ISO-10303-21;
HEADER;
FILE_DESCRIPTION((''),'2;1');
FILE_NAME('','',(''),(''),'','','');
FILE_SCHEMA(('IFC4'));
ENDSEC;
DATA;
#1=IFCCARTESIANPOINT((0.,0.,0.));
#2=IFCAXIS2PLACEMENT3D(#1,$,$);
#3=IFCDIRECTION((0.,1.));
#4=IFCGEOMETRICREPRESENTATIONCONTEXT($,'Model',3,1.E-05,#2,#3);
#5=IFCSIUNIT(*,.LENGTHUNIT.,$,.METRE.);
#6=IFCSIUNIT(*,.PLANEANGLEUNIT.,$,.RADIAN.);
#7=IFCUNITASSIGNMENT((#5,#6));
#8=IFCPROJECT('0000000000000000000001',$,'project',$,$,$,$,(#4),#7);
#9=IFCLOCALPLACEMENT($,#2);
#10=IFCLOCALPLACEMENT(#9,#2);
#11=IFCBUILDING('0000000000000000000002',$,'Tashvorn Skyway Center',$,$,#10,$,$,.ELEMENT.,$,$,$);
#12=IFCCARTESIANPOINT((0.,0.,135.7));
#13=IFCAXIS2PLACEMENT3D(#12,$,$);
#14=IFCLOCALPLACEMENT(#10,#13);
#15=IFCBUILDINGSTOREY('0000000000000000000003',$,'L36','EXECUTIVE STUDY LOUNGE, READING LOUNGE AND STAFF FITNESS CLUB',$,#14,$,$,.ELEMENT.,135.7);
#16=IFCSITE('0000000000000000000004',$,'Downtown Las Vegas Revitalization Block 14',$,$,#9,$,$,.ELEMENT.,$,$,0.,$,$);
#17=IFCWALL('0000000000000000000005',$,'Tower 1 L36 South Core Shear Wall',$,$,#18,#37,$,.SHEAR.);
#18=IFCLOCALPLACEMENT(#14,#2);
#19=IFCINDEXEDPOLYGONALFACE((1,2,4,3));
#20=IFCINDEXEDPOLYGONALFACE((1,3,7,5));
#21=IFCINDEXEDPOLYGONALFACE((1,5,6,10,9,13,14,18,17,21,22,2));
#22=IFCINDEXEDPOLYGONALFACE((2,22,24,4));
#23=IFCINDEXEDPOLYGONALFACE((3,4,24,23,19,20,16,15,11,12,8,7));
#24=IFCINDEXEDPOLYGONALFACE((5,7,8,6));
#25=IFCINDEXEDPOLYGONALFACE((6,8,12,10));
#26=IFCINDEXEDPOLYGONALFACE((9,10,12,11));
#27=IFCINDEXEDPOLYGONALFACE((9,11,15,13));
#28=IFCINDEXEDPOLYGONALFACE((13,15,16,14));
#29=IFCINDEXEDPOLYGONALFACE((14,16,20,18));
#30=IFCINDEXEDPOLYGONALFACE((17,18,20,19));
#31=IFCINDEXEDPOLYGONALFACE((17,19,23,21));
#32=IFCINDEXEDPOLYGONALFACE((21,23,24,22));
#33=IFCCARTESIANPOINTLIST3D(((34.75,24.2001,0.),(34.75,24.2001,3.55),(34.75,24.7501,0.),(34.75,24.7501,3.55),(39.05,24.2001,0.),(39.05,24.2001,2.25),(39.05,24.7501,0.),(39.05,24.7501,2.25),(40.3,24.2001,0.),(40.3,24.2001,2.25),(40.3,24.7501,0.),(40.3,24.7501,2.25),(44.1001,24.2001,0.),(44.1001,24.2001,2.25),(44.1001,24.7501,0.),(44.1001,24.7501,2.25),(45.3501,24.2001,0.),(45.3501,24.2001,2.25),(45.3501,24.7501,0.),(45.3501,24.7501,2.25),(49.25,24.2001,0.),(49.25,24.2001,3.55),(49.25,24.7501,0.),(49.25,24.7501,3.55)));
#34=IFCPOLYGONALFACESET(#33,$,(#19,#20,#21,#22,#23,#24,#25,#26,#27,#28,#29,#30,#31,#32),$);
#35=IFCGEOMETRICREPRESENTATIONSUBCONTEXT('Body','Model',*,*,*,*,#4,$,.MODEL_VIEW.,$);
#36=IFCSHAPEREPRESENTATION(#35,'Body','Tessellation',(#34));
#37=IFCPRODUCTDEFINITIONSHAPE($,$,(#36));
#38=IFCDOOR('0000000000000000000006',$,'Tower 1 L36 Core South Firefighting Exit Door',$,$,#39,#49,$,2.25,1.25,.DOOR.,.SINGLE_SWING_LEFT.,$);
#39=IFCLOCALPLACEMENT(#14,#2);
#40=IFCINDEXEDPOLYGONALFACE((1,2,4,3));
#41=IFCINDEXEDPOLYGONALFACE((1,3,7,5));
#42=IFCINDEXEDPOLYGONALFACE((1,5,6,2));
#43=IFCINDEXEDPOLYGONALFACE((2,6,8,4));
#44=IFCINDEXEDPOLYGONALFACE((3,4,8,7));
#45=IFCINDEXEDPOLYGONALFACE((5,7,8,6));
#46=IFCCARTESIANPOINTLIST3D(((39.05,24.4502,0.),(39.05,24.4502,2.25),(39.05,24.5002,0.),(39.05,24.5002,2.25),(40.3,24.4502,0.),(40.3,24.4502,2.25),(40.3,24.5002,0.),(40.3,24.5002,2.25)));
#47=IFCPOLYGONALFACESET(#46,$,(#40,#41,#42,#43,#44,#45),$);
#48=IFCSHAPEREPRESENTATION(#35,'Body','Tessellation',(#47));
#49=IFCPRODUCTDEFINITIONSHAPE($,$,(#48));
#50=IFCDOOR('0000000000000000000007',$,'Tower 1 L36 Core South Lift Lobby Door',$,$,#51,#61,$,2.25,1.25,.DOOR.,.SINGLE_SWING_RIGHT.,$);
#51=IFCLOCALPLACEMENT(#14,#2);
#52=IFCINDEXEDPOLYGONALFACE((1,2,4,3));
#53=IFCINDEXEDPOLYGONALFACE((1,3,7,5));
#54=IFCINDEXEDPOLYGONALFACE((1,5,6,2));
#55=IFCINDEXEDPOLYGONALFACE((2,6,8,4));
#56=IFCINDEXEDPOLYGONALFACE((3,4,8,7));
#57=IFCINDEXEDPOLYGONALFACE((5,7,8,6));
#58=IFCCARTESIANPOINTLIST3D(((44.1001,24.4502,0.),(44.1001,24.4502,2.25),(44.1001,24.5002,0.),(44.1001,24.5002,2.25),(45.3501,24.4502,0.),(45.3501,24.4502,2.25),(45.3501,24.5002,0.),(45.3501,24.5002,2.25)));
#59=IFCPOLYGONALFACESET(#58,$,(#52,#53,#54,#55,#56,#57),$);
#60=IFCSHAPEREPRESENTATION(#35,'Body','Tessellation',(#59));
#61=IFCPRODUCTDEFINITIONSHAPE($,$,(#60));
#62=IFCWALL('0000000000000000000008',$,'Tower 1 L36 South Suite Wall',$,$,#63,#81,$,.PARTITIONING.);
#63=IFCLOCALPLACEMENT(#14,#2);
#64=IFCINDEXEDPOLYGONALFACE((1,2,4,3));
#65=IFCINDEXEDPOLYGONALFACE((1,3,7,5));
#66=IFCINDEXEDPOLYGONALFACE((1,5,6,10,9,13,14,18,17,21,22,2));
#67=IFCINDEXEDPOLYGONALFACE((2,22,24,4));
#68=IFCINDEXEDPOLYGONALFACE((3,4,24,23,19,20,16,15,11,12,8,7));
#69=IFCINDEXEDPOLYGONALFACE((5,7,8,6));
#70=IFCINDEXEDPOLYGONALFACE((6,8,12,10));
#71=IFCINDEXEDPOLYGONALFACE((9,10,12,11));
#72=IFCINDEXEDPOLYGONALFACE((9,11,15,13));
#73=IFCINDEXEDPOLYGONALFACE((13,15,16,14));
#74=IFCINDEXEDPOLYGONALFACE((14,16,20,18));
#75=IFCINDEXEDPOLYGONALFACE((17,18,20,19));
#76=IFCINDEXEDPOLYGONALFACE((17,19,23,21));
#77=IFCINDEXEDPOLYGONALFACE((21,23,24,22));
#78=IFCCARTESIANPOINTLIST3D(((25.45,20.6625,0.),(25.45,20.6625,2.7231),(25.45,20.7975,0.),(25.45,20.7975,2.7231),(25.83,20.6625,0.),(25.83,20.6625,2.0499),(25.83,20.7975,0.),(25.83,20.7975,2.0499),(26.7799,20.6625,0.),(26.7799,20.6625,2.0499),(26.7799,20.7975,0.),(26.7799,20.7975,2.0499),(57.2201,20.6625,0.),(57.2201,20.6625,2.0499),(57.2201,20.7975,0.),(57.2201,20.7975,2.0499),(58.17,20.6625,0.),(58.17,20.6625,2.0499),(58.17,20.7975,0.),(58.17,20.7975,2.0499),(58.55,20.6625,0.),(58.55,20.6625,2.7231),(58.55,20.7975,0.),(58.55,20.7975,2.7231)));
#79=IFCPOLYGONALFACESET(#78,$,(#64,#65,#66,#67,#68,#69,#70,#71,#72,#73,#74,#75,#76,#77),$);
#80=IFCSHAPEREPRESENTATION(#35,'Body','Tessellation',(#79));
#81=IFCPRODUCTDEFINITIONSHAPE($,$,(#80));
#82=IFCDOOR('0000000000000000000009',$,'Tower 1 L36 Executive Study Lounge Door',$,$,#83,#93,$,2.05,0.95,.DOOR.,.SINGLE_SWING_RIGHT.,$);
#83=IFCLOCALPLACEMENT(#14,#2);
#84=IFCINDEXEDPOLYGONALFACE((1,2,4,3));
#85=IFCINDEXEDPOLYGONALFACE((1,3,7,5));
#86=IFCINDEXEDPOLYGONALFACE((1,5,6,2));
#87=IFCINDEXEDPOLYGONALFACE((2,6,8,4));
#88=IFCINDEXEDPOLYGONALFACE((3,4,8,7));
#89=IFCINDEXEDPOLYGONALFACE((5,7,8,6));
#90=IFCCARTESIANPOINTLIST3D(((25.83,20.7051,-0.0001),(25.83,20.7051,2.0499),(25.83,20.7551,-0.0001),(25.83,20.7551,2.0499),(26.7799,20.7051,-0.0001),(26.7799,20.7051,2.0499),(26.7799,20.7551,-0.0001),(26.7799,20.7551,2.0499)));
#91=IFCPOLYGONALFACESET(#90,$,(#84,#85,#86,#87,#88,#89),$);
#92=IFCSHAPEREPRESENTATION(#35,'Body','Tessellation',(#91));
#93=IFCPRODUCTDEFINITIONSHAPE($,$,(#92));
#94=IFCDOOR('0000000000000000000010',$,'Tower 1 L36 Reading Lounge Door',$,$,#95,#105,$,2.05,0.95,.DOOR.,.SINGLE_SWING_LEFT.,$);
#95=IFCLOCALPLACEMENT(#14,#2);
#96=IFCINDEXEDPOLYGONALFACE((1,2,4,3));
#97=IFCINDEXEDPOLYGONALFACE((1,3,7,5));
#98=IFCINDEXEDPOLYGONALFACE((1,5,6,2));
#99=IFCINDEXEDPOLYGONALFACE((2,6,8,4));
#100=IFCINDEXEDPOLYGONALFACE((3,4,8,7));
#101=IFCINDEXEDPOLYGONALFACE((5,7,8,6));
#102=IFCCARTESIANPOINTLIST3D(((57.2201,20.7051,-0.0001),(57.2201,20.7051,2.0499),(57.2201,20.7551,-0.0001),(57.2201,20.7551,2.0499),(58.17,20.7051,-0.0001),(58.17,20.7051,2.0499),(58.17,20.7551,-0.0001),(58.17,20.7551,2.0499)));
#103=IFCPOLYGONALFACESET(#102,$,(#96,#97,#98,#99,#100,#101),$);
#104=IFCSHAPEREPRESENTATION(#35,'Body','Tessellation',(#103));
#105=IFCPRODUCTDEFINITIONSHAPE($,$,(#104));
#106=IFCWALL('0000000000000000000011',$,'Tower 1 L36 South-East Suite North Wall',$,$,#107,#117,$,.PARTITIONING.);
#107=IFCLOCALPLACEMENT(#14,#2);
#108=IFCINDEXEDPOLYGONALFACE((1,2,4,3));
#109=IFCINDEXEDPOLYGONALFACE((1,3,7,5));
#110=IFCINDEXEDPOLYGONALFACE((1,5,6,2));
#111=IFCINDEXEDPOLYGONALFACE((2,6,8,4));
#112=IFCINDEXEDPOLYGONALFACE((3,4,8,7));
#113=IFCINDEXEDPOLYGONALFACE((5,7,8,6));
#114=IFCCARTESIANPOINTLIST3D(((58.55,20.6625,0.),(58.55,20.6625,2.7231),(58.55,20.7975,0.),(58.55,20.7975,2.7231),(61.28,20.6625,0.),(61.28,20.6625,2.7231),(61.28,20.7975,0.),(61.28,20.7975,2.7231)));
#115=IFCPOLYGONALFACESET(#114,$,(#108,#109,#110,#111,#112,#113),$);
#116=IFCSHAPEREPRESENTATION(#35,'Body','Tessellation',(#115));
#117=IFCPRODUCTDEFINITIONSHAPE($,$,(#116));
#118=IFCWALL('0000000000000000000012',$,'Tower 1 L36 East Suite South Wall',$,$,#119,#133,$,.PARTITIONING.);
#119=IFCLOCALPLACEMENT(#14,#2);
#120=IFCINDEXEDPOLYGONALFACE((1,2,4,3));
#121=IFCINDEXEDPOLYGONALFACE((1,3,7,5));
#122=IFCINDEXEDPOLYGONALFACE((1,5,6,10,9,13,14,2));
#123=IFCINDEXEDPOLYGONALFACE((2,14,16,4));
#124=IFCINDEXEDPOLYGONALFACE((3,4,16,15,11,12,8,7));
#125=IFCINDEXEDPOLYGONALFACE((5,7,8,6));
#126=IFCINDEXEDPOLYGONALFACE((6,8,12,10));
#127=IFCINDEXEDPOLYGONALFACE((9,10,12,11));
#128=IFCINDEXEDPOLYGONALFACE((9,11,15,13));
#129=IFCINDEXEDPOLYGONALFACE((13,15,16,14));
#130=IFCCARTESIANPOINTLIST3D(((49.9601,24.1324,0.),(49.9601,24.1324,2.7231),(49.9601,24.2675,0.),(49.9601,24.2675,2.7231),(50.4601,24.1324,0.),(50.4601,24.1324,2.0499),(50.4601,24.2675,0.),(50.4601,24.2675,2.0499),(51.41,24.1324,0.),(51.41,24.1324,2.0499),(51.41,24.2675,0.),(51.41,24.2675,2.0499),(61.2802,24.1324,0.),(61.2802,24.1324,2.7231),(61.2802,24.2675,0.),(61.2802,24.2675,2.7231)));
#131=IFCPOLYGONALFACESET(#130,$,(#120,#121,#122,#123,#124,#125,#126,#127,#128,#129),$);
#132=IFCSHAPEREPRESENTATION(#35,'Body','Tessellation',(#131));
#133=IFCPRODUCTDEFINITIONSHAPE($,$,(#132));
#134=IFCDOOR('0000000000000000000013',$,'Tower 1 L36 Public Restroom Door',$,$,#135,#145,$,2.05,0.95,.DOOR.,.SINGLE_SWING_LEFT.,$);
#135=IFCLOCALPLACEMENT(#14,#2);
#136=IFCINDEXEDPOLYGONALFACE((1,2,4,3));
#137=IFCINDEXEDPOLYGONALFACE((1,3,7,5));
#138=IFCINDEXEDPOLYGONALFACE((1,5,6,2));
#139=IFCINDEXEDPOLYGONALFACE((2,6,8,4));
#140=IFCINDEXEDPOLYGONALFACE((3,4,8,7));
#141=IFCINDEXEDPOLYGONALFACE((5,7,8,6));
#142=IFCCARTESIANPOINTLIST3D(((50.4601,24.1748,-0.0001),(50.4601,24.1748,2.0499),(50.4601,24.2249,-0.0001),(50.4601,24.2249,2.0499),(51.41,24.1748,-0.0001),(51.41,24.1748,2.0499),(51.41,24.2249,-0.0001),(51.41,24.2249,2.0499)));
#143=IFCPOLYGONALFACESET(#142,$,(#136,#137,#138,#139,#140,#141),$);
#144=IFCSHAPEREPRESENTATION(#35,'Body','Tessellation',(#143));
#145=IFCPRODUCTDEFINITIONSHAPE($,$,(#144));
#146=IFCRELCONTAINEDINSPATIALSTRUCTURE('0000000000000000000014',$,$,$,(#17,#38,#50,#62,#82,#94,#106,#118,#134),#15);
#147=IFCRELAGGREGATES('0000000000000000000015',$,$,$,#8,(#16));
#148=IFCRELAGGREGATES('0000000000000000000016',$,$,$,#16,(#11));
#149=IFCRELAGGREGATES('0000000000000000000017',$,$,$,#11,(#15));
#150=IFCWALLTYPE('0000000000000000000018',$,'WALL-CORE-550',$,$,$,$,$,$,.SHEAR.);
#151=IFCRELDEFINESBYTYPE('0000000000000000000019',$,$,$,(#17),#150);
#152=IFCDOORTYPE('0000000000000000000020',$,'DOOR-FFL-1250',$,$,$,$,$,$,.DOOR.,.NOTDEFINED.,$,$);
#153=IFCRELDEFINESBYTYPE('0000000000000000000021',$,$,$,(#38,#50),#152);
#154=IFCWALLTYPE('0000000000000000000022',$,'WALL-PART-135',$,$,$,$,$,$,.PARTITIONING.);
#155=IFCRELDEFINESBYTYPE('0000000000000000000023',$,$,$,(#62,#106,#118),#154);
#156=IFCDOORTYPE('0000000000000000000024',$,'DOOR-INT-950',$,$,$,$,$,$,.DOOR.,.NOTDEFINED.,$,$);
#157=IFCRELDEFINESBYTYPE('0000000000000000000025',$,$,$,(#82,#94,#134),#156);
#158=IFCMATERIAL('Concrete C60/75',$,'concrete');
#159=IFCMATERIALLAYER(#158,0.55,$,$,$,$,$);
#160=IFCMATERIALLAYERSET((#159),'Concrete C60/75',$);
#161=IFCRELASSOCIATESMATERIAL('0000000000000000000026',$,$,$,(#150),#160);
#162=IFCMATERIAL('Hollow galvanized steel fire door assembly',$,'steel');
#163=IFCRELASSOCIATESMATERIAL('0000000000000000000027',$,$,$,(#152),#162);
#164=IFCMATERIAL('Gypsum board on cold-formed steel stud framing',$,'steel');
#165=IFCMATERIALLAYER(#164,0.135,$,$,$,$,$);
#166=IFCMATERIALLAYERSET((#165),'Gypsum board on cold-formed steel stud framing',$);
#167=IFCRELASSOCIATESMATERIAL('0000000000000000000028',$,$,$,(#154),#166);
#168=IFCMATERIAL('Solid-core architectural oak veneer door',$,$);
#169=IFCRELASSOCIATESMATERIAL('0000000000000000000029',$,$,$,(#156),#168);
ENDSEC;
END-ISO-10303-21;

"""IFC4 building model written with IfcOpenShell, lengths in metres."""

from ifc_helpers import new_model, si_unit, direction, frame, frame_2d, origin, place, context, subcontext, project, spatial, rectangle, extrude, material, layer, layer_set, type_object, element, fill, save


model = new_model("IFC4")

# Units and contexts
model_context = context("Model", 3, precision=1e-05, world=origin(), true_north=direction((0.0, 1.0)))
body_context = subcontext(model_context, "Body", "Model", "MODEL_VIEW")
ifc_project = project(units=[si_unit("LENGTHUNIT", "METRE"), si_unit("PLANEANGLEUNIT", "RADIAN")], contexts=[model_context])

# Site, building, storey
site_placement = place(None, origin())
site = spatial("IfcSite", under=ifc_project, at=site_placement, Name="Downtown Las Vegas Revitalization Block 14", CompositionType="ELEMENT", RefElevation=0.0)
building_placement = place(site_placement, origin())
building = spatial("IfcBuilding", under=site, at=building_placement, Name="Tashvorn Skyway Center", CompositionType="ELEMENT")
storey_placement = place(building_placement, frame((0.0, 0.0, 135.7)))
storey = spatial("IfcBuildingStorey", under=building, at=storey_placement, Name="L36", Description="EXECUTIVE STUDY LOUNGE, READING LOUNGE AND STAFF FITNESS CLUB", CompositionType="ELEMENT", Elevation=135.7)

# Walls, openings, doors
ifc_material_1 = material(Name="Concrete C60/75", Category="concrete")
ifc_layer_1 = layer(ifc_material_1, 0.55)
ifc_layer_set_1 = layer_set([ifc_layer_1], Name="Concrete C60/75")
wall_type_1 = type_object("IfcWallType", Name="WALL-CORE-550", PredefinedType="SHEAR", material=ifc_layer_set_1)
wall_1_placement = place(storey_placement, frame((49.25, 24.4751, 0.0), z_axis=(0.0, 0.0, 1.0), x_axis=(-1.0, 0.0, 0.0)))
wall_1 = element("IfcWall", 1, at=wall_1_placement, inside=storey, type_object=wall_type_1, Name="Tower 1 L36 South Core Shear Wall", PredefinedType="SHEAR", context=body_context, shape_type="SweptSolid", body=[
    extrude(rectangle(XDim=14.5, YDim=0.55, at=frame_2d((7.25, 0.0))), origin(), (0.0, 0.0, 1.0), 3.55),
])
opening_1_placement = place(wall_1_placement, frame((8.95, 0.0, 0.0)))
opening_1 = element("IfcOpeningElement", 2, at=opening_1_placement, cuts=wall_1, PredefinedType="OPENING", context=body_context, shape_type="SweptSolid", body=[
    extrude(rectangle(XDim=1.25, YDim=2.25, at=frame_2d((0.625, 1.125))), frame((0.0, 0.2849, 0.0), z_axis=(0.0, -1.0, 0.0), x_axis=(1.0, 0.0, 0.0)), (0.0, 0.0, 1.0), 0.5701),
])
opening_2_placement = place(wall_1_placement, frame((3.8999, 0.0, 0.0)))
opening_2 = element("IfcOpeningElement", 3, at=opening_2_placement, cuts=wall_1, PredefinedType="OPENING", context=body_context, shape_type="SweptSolid", body=[
    extrude(rectangle(XDim=1.25, YDim=2.25, at=frame_2d((0.625, 1.125))), frame((0.0, 0.2849, 0.0), z_axis=(0.0, -1.0, 0.0), x_axis=(1.0, 0.0, 0.0)), (0.0, 0.0, 1.0), 0.5701),
])
ifc_material_2 = material(Name="Hollow galvanized steel fire door assembly", Category="steel")
door_type_1 = type_object("IfcDoorType", Name="DOOR-FFL-1250", OperationType="NOTDEFINED", PredefinedType="DOOR", material=ifc_material_2)
door_1_placement = place(opening_1_placement, origin())
door_1 = element("IfcDoor", 4, at=door_1_placement, inside=storey, type_object=door_type_1, Name="Tower 1 L36 Core South Firefighting Exit Door", OperationType="SINGLE_SWING_LEFT", OverallHeight=2.25, OverallWidth=1.25, PredefinedType="DOOR", context=body_context, shape_type="SweptSolid", body=[
    extrude(rectangle(XDim=1.25, YDim=2.25, at=frame_2d((0.625, 1.125))), frame((0.0, 0.0249, 0.0), z_axis=(0.0, -1.0, 0.0), x_axis=(1.0, 0.0, 0.0)), (0.0, 0.0, 1.0), 0.05),
])
fill(opening_1, door_1)
door_2_placement = place(opening_2_placement, origin())
door_2 = element("IfcDoor", 5, at=door_2_placement, inside=storey, type_object=door_type_1, Name="Tower 1 L36 Core South Lift Lobby Door", OperationType="SINGLE_SWING_RIGHT", OverallHeight=2.25, OverallWidth=1.25, PredefinedType="DOOR", context=body_context, shape_type="SweptSolid", body=[
    extrude(rectangle(XDim=1.25, YDim=2.25, at=frame_2d((0.625, 1.125))), frame((0.0, 0.0249, 0.0), z_axis=(0.0, -1.0, 0.0), x_axis=(1.0, 0.0, 0.0)), (0.0, 0.0, 1.0), 0.05),
])
fill(opening_2, door_2)
ifc_material_3 = material(Name="Gypsum board on cold-formed steel stud framing", Category="steel")
ifc_layer_2 = layer(ifc_material_3, 0.135)
ifc_layer_set_2 = layer_set([ifc_layer_2], Name="Gypsum board on cold-formed steel stud framing")
wall_type_2 = type_object("IfcWallType", Name="WALL-PART-135", PredefinedType="PARTITIONING", material=ifc_layer_set_2)
wall_2_placement = place(storey_placement, frame((58.55, 20.73, 0.0), z_axis=(0.0, 0.0, 1.0), x_axis=(-1.0, 0.0, 0.0)))
wall_2 = element("IfcWall", 6, at=wall_2_placement, inside=storey, type_object=wall_type_2, Name="Tower 1 L36 South Suite Wall", PredefinedType="PARTITIONING", context=body_context, shape_type="SweptSolid", body=[
    extrude(rectangle(XDim=33.1001, YDim=0.135, at=frame_2d((16.55, 0.0))), origin(), (0.0, 0.0, 1.0), 2.7231),
])
opening_3_placement = place(wall_2_placement, frame((31.77, 0.0, 0.0)))
opening_3 = element("IfcOpeningElement", 7, at=opening_3_placement, cuts=wall_2, PredefinedType="OPENING", context=body_context, shape_type="SweptSolid", body=[
    extrude(rectangle(XDim=0.95, YDim=2.05, at=frame_2d((0.4751, 1.0249))), frame((0.0, 0.0774, 0.0), z_axis=(0.0, -1.0, 0.0), x_axis=(1.0, 0.0, 0.0)), (0.0, 0.0, 1.0), 0.155),
])
opening_4_placement = place(wall_2_placement, frame((0.3799, 0.0, 0.0)))
opening_4 = element("IfcOpeningElement", 8, at=opening_4_placement, cuts=wall_2, PredefinedType="OPENING", context=body_context, shape_type="SweptSolid", body=[
    extrude(rectangle(XDim=0.95, YDim=2.05, at=frame_2d((0.4751, 1.0249))), frame((0.0, 0.0774, 0.0), z_axis=(0.0, -1.0, 0.0), x_axis=(1.0, 0.0, 0.0)), (0.0, 0.0, 1.0), 0.155),
])
ifc_material_4 = material(Name="Solid-core architectural oak veneer door")
door_type_2 = type_object("IfcDoorType", Name="DOOR-INT-950", OperationType="NOTDEFINED", PredefinedType="DOOR", material=ifc_material_4)
door_3_placement = place(opening_3_placement, origin())
door_3 = element("IfcDoor", 9, at=door_3_placement, inside=storey, type_object=door_type_2, Name="Tower 1 L36 Executive Study Lounge Door", OperationType="SINGLE_SWING_RIGHT", OverallHeight=2.05, OverallWidth=0.95, PredefinedType="DOOR", context=body_context, shape_type="SweptSolid", body=[
    extrude(rectangle(XDim=0.95, YDim=2.05, at=frame_2d((0.4751, 1.0249))), frame((0.0, 0.0249, 0.0), z_axis=(0.0, -1.0, 0.0), x_axis=(1.0, 0.0, 0.0)), (0.0, 0.0, 1.0), 0.05),
])
fill(opening_3, door_3)
door_4_placement = place(opening_4_placement, origin())
door_4 = element("IfcDoor", 10, at=door_4_placement, inside=storey, type_object=door_type_2, Name="Tower 1 L36 Reading Lounge Door", OperationType="SINGLE_SWING_LEFT", OverallHeight=2.05, OverallWidth=0.95, PredefinedType="DOOR", context=body_context, shape_type="SweptSolid", body=[
    extrude(rectangle(XDim=0.95, YDim=2.05, at=frame_2d((0.4751, 1.0249))), frame((0.0, 0.0249, 0.0), z_axis=(0.0, -1.0, 0.0), x_axis=(1.0, 0.0, 0.0)), (0.0, 0.0, 1.0), 0.05),
])
fill(opening_4, door_4)

# Wall
wall_3_placement = place(storey_placement, frame((58.55, 20.73, 0.0), z_axis=(0.0, 0.0, 1.0), x_axis=(1.0, 0.0, 0.0)))
element("IfcWall", 11, at=wall_3_placement, inside=storey, type_object=wall_type_2, Name="Tower 1 L36 South-East Suite North Wall", PredefinedType="PARTITIONING", context=body_context, shape_type="SweptSolid", body=[
    extrude(rectangle(XDim=2.73, YDim=0.135, at=frame_2d((1.365, 0.0))), origin(), (0.0, 0.0, 1.0), 2.7231),
])

# Wall, opening, door
wall_4_placement = place(storey_placement, frame((49.96, 24.2, 0.0), z_axis=(0.0, 0.0, 1.0), x_axis=(1.0, 0.0, 0.0)))
wall_4 = element("IfcWall", 12, at=wall_4_placement, inside=storey, type_object=wall_type_2, Name="Tower 1 L36 East Suite South Wall", PredefinedType="PARTITIONING", context=body_context, shape_type="SweptSolid", body=[
    extrude(rectangle(XDim=11.3201, YDim=0.135, at=frame_2d((5.6602, 0.0))), origin(), (0.0, 0.0, 1.0), 2.7231),
])
opening_5_placement = place(wall_4_placement, frame((0.5, 0.0, 0.0)))
opening_5 = element("IfcOpeningElement", 13, at=opening_5_placement, cuts=wall_4, PredefinedType="OPENING", context=body_context, shape_type="SweptSolid", body=[
    extrude(rectangle(XDim=0.95, YDim=2.05, at=frame_2d((0.4751, 1.0249))), frame((0.0, 0.0774, 0.0), z_axis=(0.0, -1.0, 0.0), x_axis=(1.0, 0.0, 0.0)), (0.0, 0.0, 1.0), 0.155),
])
door_5_placement = place(opening_5_placement, origin())
door_5 = element("IfcDoor", 14, at=door_5_placement, inside=storey, type_object=door_type_2, Name="Tower 1 L36 Public Restroom Door", OperationType="SINGLE_SWING_LEFT", OverallHeight=2.05, OverallWidth=0.95, PredefinedType="DOOR", context=body_context, shape_type="SweptSolid", body=[
    extrude(rectangle(XDim=0.95, YDim=2.05, at=frame_2d((0.4751, 1.0249))), frame((0.0, 0.0249, 0.0), z_axis=(0.0, -1.0, 0.0), x_axis=(1.0, 0.0, 0.0)), (0.0, 0.0, 1.0), 0.05),
])
fill(opening_5, door_5)

save(model, "model.ifc")
